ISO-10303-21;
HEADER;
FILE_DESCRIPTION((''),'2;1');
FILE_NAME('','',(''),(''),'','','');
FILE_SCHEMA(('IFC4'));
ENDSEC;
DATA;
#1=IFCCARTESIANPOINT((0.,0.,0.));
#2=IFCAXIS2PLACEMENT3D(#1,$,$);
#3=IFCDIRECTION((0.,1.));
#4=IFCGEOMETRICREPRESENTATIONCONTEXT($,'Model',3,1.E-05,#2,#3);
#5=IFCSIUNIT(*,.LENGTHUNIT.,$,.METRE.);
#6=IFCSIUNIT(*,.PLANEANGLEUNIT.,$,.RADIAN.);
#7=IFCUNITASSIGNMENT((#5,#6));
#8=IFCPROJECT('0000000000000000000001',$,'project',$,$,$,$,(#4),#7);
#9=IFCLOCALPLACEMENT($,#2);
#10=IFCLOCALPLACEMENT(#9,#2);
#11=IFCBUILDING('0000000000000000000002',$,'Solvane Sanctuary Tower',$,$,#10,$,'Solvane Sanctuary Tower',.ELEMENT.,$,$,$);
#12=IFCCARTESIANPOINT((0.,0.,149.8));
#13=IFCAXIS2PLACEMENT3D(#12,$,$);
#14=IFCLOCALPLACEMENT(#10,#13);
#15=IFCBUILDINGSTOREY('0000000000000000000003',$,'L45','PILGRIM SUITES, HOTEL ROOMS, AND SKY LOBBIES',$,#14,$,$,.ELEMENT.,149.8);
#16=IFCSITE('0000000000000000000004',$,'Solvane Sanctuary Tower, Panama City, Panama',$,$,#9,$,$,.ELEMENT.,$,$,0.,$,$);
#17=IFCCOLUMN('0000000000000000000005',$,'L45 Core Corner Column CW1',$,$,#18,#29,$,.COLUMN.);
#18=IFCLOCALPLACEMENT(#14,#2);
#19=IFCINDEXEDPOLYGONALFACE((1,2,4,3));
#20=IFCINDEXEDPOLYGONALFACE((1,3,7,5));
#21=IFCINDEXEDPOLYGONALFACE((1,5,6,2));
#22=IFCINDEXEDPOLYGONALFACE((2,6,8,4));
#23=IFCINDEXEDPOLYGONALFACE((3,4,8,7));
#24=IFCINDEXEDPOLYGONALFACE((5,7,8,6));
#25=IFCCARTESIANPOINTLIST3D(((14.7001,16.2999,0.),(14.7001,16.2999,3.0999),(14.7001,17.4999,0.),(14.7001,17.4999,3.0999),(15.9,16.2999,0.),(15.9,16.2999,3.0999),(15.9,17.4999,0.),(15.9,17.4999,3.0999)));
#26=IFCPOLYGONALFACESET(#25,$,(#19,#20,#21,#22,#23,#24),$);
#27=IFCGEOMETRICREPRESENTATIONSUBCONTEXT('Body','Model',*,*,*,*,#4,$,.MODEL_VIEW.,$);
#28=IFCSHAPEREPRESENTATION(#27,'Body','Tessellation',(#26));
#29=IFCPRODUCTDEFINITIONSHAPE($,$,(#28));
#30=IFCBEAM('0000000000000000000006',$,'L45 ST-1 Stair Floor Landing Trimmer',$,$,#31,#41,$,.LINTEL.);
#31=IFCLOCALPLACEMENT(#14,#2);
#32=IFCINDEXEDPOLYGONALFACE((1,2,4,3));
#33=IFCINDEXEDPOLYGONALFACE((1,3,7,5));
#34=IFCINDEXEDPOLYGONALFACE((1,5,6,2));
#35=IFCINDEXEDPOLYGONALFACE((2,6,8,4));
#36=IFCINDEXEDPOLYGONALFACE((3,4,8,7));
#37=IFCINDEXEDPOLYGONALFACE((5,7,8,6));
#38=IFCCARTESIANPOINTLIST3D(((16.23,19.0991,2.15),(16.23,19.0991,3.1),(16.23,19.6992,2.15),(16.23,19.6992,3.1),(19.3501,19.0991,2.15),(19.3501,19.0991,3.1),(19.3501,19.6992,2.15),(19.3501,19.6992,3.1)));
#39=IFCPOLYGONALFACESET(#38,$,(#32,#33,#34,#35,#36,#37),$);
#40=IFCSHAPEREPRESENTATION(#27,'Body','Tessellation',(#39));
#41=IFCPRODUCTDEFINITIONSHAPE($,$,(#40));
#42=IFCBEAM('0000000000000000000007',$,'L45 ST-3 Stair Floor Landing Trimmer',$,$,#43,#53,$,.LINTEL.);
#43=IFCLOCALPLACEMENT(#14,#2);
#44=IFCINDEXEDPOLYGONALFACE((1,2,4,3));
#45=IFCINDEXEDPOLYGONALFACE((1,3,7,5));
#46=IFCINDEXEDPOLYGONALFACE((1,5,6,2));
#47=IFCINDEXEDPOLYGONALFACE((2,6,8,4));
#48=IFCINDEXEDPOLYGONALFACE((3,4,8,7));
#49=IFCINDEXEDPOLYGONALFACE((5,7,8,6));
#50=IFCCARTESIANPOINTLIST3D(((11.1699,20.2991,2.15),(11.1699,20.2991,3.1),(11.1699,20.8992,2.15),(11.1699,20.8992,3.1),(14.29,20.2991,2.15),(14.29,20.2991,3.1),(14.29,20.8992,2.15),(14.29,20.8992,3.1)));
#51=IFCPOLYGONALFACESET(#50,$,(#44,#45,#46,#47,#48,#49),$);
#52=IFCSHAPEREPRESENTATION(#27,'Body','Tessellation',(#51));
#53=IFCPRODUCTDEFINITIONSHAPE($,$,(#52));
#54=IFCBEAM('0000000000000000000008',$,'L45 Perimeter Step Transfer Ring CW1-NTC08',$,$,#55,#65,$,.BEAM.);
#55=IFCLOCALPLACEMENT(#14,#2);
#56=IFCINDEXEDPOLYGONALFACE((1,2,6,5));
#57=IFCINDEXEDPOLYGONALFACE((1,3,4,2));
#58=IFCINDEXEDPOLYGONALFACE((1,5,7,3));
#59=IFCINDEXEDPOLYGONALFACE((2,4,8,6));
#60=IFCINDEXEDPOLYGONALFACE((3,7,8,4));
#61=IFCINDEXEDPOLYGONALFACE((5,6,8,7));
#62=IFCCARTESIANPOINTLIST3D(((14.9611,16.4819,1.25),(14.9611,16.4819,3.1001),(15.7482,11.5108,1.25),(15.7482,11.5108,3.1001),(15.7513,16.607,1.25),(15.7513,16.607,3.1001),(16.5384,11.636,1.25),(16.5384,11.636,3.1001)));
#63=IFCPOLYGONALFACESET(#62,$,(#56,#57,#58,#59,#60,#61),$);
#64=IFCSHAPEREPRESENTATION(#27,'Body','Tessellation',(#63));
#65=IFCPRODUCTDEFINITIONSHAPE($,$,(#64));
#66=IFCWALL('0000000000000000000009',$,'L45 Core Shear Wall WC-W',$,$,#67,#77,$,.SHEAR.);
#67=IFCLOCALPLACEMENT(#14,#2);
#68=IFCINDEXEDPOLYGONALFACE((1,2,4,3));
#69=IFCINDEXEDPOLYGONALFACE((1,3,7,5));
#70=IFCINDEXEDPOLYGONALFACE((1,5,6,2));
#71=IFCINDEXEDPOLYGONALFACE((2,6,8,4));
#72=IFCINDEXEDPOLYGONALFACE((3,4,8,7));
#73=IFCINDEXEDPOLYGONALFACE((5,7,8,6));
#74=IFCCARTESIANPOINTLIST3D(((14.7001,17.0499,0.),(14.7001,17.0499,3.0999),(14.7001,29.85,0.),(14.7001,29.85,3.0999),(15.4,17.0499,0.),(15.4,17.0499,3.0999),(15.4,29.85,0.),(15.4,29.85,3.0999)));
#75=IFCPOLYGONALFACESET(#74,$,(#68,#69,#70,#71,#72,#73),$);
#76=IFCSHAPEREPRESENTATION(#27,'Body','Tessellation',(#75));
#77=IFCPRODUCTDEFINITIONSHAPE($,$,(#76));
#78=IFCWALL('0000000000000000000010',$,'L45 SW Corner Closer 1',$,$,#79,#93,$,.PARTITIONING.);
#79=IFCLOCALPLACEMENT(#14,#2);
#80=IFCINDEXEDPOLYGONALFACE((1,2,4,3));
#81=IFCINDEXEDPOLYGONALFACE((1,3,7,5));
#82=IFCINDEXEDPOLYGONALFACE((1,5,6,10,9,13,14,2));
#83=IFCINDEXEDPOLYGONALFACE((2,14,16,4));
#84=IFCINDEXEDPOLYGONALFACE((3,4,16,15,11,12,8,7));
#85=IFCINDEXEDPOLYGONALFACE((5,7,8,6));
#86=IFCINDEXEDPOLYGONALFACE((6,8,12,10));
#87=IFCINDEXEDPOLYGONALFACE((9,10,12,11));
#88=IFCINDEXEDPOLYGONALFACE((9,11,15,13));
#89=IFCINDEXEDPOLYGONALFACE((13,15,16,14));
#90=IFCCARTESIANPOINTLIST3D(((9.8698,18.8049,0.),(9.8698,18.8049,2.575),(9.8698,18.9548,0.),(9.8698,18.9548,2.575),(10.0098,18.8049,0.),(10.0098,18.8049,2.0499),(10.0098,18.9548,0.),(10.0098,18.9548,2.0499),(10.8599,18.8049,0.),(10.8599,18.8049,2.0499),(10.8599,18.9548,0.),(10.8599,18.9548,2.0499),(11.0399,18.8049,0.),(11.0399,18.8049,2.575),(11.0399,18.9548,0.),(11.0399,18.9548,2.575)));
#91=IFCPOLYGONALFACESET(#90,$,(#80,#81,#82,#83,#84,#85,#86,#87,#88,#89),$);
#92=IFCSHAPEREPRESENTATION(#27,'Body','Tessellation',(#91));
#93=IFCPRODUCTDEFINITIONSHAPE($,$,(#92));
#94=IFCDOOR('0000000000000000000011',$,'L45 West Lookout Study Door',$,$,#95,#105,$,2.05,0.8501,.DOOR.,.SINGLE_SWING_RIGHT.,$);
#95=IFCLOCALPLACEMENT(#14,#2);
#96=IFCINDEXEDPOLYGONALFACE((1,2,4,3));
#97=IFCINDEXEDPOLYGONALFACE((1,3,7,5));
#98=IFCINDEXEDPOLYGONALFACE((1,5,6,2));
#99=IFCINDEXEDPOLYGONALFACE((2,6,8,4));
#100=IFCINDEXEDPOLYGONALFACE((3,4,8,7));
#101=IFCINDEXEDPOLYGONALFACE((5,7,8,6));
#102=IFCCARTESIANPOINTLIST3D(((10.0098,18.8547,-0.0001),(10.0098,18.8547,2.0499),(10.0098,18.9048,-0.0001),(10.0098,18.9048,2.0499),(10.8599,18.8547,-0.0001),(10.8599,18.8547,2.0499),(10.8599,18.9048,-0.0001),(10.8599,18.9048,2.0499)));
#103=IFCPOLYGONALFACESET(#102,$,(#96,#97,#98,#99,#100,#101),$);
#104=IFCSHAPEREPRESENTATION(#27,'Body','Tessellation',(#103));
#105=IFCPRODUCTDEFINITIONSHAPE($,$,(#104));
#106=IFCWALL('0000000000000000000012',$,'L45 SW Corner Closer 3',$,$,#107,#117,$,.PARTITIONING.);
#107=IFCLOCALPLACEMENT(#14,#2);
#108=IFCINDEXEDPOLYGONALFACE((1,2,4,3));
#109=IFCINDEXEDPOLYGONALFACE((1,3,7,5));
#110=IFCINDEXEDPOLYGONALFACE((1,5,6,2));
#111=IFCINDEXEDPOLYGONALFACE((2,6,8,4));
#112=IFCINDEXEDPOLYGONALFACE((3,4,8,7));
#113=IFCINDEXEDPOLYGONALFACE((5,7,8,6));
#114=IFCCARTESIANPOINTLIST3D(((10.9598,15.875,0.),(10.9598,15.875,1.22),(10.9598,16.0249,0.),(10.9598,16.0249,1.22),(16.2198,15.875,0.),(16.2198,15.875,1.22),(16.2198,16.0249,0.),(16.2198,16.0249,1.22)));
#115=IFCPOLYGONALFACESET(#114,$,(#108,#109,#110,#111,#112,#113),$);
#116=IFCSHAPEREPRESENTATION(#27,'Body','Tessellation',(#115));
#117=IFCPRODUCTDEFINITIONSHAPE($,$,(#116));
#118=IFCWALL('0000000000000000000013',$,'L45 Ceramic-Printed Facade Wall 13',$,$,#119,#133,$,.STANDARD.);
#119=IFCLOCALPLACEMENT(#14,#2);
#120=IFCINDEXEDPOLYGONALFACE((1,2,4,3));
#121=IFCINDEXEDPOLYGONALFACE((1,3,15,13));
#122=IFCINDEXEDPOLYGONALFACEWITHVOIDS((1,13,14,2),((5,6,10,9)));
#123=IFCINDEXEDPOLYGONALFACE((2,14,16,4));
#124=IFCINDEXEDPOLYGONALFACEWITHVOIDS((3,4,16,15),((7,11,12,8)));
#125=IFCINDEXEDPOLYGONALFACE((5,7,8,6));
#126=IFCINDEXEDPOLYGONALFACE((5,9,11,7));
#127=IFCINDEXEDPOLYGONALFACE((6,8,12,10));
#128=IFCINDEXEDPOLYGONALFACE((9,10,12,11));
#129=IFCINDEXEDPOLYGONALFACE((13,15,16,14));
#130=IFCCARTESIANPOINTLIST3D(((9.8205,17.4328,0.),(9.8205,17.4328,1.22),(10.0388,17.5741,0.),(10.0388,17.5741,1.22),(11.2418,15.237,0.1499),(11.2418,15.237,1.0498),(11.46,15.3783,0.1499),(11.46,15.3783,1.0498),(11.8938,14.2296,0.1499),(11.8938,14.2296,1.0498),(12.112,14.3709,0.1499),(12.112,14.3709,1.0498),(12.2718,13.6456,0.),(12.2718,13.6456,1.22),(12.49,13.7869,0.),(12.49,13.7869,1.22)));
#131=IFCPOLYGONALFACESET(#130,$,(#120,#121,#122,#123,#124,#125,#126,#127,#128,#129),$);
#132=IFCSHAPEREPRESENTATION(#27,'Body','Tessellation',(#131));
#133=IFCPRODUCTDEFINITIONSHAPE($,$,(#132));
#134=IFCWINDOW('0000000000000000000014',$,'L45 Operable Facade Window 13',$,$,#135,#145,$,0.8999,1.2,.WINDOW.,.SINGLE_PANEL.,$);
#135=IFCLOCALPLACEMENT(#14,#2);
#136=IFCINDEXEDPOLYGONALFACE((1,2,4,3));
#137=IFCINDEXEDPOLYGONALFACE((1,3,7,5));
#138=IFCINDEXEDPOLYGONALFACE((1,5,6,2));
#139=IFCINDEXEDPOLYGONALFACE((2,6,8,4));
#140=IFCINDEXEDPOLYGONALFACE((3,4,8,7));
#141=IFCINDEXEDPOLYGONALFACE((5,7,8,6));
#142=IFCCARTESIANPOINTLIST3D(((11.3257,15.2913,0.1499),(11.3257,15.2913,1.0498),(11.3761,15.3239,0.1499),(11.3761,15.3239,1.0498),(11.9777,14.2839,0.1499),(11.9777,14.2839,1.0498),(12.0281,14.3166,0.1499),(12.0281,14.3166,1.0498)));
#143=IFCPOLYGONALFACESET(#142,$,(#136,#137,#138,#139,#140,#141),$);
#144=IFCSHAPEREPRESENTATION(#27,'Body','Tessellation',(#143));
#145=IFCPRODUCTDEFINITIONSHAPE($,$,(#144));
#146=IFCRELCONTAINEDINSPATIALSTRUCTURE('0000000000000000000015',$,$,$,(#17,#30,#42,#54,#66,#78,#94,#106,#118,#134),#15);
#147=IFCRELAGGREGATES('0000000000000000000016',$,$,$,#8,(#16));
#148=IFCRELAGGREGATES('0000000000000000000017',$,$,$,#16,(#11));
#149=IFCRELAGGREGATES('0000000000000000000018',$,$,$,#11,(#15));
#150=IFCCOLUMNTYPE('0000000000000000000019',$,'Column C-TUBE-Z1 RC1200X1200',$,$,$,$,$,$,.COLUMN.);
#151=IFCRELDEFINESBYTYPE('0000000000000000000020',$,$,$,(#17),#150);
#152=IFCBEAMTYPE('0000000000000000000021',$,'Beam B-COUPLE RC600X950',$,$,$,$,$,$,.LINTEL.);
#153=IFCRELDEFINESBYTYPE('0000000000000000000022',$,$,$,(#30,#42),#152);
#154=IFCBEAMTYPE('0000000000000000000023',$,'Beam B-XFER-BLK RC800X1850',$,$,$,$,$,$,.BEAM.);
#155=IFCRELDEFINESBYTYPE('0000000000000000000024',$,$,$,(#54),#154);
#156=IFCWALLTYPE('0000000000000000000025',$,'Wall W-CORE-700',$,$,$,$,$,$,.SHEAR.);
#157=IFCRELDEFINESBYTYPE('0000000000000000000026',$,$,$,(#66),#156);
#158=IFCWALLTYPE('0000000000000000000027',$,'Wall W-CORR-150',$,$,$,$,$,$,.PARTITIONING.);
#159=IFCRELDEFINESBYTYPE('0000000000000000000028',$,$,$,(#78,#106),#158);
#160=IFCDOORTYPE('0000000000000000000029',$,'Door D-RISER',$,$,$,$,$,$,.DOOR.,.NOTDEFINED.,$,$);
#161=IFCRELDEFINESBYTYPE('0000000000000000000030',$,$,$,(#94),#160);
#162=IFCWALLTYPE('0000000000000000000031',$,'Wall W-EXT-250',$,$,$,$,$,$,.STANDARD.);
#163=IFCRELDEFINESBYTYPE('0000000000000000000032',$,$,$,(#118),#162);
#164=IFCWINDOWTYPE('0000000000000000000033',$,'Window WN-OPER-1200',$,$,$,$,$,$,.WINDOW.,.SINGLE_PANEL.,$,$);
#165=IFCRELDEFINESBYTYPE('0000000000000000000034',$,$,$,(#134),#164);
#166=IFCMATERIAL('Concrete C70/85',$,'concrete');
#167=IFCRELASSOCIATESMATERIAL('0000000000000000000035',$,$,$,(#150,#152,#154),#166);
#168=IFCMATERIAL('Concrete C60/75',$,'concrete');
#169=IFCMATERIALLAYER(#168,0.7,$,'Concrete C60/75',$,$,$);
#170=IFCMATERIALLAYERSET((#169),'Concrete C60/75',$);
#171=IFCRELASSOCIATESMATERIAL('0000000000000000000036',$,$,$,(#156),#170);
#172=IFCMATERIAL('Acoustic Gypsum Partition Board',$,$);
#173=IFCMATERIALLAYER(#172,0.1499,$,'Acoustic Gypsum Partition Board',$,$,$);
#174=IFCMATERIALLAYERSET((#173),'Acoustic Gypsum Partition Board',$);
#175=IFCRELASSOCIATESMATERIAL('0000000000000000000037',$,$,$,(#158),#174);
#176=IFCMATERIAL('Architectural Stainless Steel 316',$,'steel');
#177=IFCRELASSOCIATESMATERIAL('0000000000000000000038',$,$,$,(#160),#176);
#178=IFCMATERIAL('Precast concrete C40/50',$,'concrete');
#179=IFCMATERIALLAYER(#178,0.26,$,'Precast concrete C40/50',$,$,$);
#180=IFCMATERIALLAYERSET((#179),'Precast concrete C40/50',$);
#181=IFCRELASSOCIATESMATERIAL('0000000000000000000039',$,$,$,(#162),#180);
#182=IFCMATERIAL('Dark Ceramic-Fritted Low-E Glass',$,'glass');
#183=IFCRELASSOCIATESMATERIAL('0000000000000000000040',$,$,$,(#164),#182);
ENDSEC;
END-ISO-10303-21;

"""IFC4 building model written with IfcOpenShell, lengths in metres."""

from ifc_helpers import new_model, si_unit, direction, frame, frame_2d, origin, origin_2d, place, context, subcontext, project, spatial, rectangle, extrude, material, layer, layer_set, material_profile, profile_set, type_object, element, fill, save


model = new_model("IFC4")

# Units and contexts
model_context = context("Model", 3, precision=1e-05, world=origin(), true_north=direction((0.0, 1.0)))
body_context = subcontext(model_context, "Body", "Model", "MODEL_VIEW")
ifc_project = project(units=[si_unit("LENGTHUNIT", "METRE"), si_unit("PLANEANGLEUNIT", "RADIAN")], contexts=[model_context])

# Site, building, storey
site_placement = place(None, origin())
site = spatial("IfcSite", under=ifc_project, at=site_placement, Name="Solvane Sanctuary Tower, Panama City, Panama", CompositionType="ELEMENT", RefElevation=0.0)
building_placement = place(site_placement, origin())
building = spatial("IfcBuilding", under=site, at=building_placement, Name="Solvane Sanctuary Tower", LongName="Solvane Sanctuary Tower", CompositionType="ELEMENT")
storey_placement = place(building_placement, frame((0.0, 0.0, 149.8)))
storey = spatial("IfcBuildingStorey", under=building, at=storey_placement, Name="L45", Description="PILGRIM SUITES, HOTEL ROOMS, AND SKY LOBBIES", CompositionType="ELEMENT", Elevation=149.8)

# Column
ifc_material_1 = material(Name="Concrete C70/85", Category="concrete")
ifc_material_profile_1 = material_profile(ifc_material_1, rectangle(XDim=1.2, YDim=1.2, at=origin_2d()), Name="RC1200X1200")
ifc_profile_set_1 = profile_set([ifc_material_profile_1], Name="Concrete C70/85")
column_type = type_object("IfcColumnType", Name="Column C-TUBE-Z1 RC1200X1200", PredefinedType="COLUMN", material=ifc_profile_set_1)
column_placement = place(storey_placement, frame((15.3, 16.8999, 0.0), z_axis=(0.0, 0.0, 1.0), x_axis=(1.0, 0.0, 0.0)))
element("IfcColumn", 1, at=column_placement, inside=storey, type_object=column_type, Name="L45 Core Corner Column CW1", PredefinedType="COLUMN", context=body_context, shape_type="SweptSolid", body=[
    extrude(rectangle(XDim=1.2, YDim=1.2, at=origin_2d()), origin(), (0.0, 0.0, 1.0), 3.0999),
])

# Beams
ifc_material_profile_2 = material_profile(ifc_material_1, rectangle(XDim=0.6001, YDim=0.95, at=origin_2d()), Name="RC600X950")
ifc_profile_set_2 = profile_set([ifc_material_profile_2], Name="Concrete C70/85")
beam_type_1 = type_object("IfcBeamType", Name="Beam B-COUPLE RC600X950", PredefinedType="LINTEL", material=ifc_profile_set_2)
for number, where, z_axis, x_axis, name in (
    (2, (16.23, 19.3992, 2.625), (1.0, 0.0, 0.0), (0.0, 1.0, 0.0), "L45 ST-1 Stair Floor Landing Trimmer"),
    (3, (11.1699, 20.5991, 2.625), (1.0, 0.0, 0.0), (0.0, 1.0, 0.0), "L45 ST-3 Stair Floor Landing Trimmer"),
):
    element("IfcBeam", number, at=place(storey_placement, frame(where, z_axis=z_axis, x_axis=x_axis)), inside=storey, type_object=beam_type_1, Name=name, PredefinedType="LINTEL", context=body_context, shape_type="SweptSolid", body=[
        extrude(rectangle(XDim=0.6001, YDim=0.95, at=origin_2d()), origin(), (0.0, 0.0, 1.0), 3.1201),
    ])
ifc_material_profile_3 = material_profile(ifc_material_1, rectangle(XDim=0.8, YDim=1.8501, at=origin_2d()), Name="RC800X1850")
ifc_profile_set_3 = profile_set([ifc_material_profile_3], Name="Concrete C70/85")
beam_type_2 = type_object("IfcBeamType", Name="Beam B-XFER-BLK RC800X1850", PredefinedType="BEAM", material=ifc_profile_set_3)
beam_placement = place(storey_placement, frame((15.3562, 16.5444, 2.175), z_axis=(0.156394, -0.987695, 0.0), x_axis=(0.987695, 0.156394, 0.0)))
element("IfcBeam", 4, at=beam_placement, inside=storey, type_object=beam_type_2, Name="L45 Perimeter Step Transfer Ring CW1-NTC08", PredefinedType="BEAM", context=body_context, shape_type="SweptSolid", body=[
    extrude(rectangle(XDim=0.8, YDim=1.8501, at=origin_2d()), origin(), (0.0, 0.0, 1.0), 5.033),
])

# Wall
ifc_material_2 = material(Name="Concrete C60/75", Category="concrete")
ifc_layer_1 = layer(ifc_material_2, 0.7, Name="Concrete C60/75")
ifc_layer_set_1 = layer_set([ifc_layer_1], Name="Concrete C60/75")
wall_type_1 = type_object("IfcWallType", Name="Wall W-CORE-700", PredefinedType="SHEAR", material=ifc_layer_set_1)
wall_1_placement = place(storey_placement, frame((15.05, 17.05, 0.0), z_axis=(0.0, 0.0, 1.0), x_axis=(0.0, 1.0, 0.0)))
element("IfcWall", 5, at=wall_1_placement, inside=storey, type_object=wall_type_1, Name="L45 Core Shear Wall WC-W", PredefinedType="SHEAR", context=body_context, shape_type="SweptSolid", body=[
    extrude(rectangle(XDim=12.8, YDim=0.7, at=frame_2d((6.3999, 0.0))), origin(), (0.0, 0.0, 1.0), 3.0999),
])

# Wall, opening, door
ifc_material_3 = material(Name="Acoustic Gypsum Partition Board")
ifc_layer_2 = layer(ifc_material_3, 0.1499, Name="Acoustic Gypsum Partition Board")
ifc_layer_set_2 = layer_set([ifc_layer_2], Name="Acoustic Gypsum Partition Board")
wall_type_2 = type_object("IfcWallType", Name="Wall W-CORR-150", PredefinedType="PARTITIONING", material=ifc_layer_set_2)
wall_2_placement = place(storey_placement, frame((9.8699, 18.8799, 0.0), z_axis=(0.0, 0.0, 1.0), x_axis=(1.0, 0.0, 0.0)))
wall_2 = element("IfcWall", 6, at=wall_2_placement, inside=storey, type_object=wall_type_2, Name="L45 SW Corner Closer 1", PredefinedType="PARTITIONING", context=body_context, shape_type="SweptSolid", body=[
    extrude(rectangle(XDim=1.1702, YDim=0.1499, at=frame_2d((0.585, 0.0))), origin(), (0.0, 0.0, 1.0), 2.575),
])
opening_1_placement = place(wall_2_placement, frame((0.1399, 0.0, 0.0)))
opening_1 = element("IfcOpeningElement", 7, at=opening_1_placement, cuts=wall_2, PredefinedType="OPENING", context=body_context, shape_type="SweptSolid", body=[
    extrude(rectangle(XDim=0.8501, YDim=2.05, at=frame_2d((0.425, 1.0249))), frame((0.0, 0.085, 0.0), z_axis=(0.0, -1.0, 0.0), x_axis=(1.0, 0.0, 0.0)), (0.0, 0.0, 1.0), 0.1699),
])
ifc_material_4 = material(Name="Architectural Stainless Steel 316", Category="steel")
door_type_1 = type_object("IfcDoorType", Name="Door D-RISER", OperationType="NOTDEFINED", PredefinedType="DOOR", material=ifc_material_4)
door_1_placement = place(opening_1_placement, origin())
door_1 = element("IfcDoor", 8, at=door_1_placement, inside=storey, type_object=door_type_1, Name="L45 West Lookout Study Door", OperationType="SINGLE_SWING_RIGHT", OverallHeight=2.05, OverallWidth=0.8501, PredefinedType="DOOR", context=body_context, shape_type="SweptSolid", body=[
    extrude(rectangle(XDim=0.8501, YDim=2.05, at=frame_2d((0.425, 1.0249))), frame((0.0, 0.0249, 0.0), z_axis=(0.0, -1.0, 0.0), x_axis=(1.0, 0.0, 0.0)), (0.0, 0.0, 1.0), 0.05),
])
fill(opening_1, door_1)

# Wall
wall_3_placement = place(storey_placement, frame((10.96, 15.95, 0.0), z_axis=(0.0, 0.0, 1.0), x_axis=(1.0, 0.0, 0.0)))
element("IfcWall", 9, at=wall_3_placement, inside=storey, type_object=wall_type_2, Name="L45 SW Corner Closer 3", PredefinedType="PARTITIONING", context=body_context, shape_type="SweptSolid", body=[
    extrude(rectangle(XDim=5.26, YDim=0.1499, at=frame_2d((2.6299, 0.0))), origin(), (0.0, 0.0, 1.0), 1.22),
])

# Wall, opening, window
ifc_material_5 = material(Name="Precast concrete C40/50", Category="concrete")
ifc_layer_3 = layer(ifc_material_5, 0.26, Name="Precast concrete C40/50")
ifc_layer_set_3 = layer_set([ifc_layer_3], Name="Precast concrete C40/50")
wall_type_3 = type_object("IfcWallType", Name="Wall W-EXT-250", PredefinedType="STANDARD", material=ifc_layer_set_3)
wall_4_placement = place(storey_placement, frame((9.9297, 17.5034, 0.0), z_axis=(0.0, 0.0, 1.0), x_axis=(0.543359, -0.8395, 0.0)))
wall_4 = element("IfcWall", 10, at=wall_4_placement, inside=storey, type_object=wall_type_3, Name="L45 Ceramic-Printed Facade Wall 13", PredefinedType="STANDARD", context=body_context, shape_type="SweptSolid", body=[
    extrude(rectangle(XDim=4.5112, YDim=0.26, at=frame_2d((2.2556, 0.0))), origin(), (0.0, 0.0, 1.0), 1.22),
])
opening_2_placement = place(wall_4_placement, frame((2.6155, 0.0, 0.1499)))
opening_2 = element("IfcOpeningElement", 11, at=opening_2_placement, cuts=wall_4, PredefinedType="OPENING", context=body_context, shape_type="SweptSolid", body=[
    extrude(rectangle(XDim=1.2, YDim=0.8999, at=frame_2d((0.6001, 0.45))), frame((0.0, 0.1399, 0.0), z_axis=(0.0, -1.0, 0.0), x_axis=(1.0, 0.0, 0.0)), (0.0, 0.0, 1.0), 0.28),
])
ifc_material_6 = material(Name="Dark Ceramic-Fritted Low-E Glass", Category="glass")
window_type = type_object("IfcWindowType", Name="Window WN-OPER-1200", PartitioningType="SINGLE_PANEL", PredefinedType="WINDOW", material=ifc_material_6)
window_placement = place(opening_2_placement, origin())
window = element("IfcWindow", 12, at=window_placement, inside=storey, type_object=window_type, Name="L45 Operable Facade Window 13", OverallHeight=0.8999, OverallWidth=1.2, PartitioningType="SINGLE_PANEL", PredefinedType="WINDOW", context=body_context, shape_type="SweptSolid", body=[
    extrude(rectangle(XDim=1.2, YDim=0.8999, at=frame_2d((0.6001, 0.45))), frame((0.0, 0.03, 0.0), z_axis=(0.0, -1.0, 0.0), x_axis=(1.0, 0.0, 0.0)), (0.0, 0.0, 1.0), 0.0601),
])
fill(opening_2, window)

save(model, "model.ifc")
